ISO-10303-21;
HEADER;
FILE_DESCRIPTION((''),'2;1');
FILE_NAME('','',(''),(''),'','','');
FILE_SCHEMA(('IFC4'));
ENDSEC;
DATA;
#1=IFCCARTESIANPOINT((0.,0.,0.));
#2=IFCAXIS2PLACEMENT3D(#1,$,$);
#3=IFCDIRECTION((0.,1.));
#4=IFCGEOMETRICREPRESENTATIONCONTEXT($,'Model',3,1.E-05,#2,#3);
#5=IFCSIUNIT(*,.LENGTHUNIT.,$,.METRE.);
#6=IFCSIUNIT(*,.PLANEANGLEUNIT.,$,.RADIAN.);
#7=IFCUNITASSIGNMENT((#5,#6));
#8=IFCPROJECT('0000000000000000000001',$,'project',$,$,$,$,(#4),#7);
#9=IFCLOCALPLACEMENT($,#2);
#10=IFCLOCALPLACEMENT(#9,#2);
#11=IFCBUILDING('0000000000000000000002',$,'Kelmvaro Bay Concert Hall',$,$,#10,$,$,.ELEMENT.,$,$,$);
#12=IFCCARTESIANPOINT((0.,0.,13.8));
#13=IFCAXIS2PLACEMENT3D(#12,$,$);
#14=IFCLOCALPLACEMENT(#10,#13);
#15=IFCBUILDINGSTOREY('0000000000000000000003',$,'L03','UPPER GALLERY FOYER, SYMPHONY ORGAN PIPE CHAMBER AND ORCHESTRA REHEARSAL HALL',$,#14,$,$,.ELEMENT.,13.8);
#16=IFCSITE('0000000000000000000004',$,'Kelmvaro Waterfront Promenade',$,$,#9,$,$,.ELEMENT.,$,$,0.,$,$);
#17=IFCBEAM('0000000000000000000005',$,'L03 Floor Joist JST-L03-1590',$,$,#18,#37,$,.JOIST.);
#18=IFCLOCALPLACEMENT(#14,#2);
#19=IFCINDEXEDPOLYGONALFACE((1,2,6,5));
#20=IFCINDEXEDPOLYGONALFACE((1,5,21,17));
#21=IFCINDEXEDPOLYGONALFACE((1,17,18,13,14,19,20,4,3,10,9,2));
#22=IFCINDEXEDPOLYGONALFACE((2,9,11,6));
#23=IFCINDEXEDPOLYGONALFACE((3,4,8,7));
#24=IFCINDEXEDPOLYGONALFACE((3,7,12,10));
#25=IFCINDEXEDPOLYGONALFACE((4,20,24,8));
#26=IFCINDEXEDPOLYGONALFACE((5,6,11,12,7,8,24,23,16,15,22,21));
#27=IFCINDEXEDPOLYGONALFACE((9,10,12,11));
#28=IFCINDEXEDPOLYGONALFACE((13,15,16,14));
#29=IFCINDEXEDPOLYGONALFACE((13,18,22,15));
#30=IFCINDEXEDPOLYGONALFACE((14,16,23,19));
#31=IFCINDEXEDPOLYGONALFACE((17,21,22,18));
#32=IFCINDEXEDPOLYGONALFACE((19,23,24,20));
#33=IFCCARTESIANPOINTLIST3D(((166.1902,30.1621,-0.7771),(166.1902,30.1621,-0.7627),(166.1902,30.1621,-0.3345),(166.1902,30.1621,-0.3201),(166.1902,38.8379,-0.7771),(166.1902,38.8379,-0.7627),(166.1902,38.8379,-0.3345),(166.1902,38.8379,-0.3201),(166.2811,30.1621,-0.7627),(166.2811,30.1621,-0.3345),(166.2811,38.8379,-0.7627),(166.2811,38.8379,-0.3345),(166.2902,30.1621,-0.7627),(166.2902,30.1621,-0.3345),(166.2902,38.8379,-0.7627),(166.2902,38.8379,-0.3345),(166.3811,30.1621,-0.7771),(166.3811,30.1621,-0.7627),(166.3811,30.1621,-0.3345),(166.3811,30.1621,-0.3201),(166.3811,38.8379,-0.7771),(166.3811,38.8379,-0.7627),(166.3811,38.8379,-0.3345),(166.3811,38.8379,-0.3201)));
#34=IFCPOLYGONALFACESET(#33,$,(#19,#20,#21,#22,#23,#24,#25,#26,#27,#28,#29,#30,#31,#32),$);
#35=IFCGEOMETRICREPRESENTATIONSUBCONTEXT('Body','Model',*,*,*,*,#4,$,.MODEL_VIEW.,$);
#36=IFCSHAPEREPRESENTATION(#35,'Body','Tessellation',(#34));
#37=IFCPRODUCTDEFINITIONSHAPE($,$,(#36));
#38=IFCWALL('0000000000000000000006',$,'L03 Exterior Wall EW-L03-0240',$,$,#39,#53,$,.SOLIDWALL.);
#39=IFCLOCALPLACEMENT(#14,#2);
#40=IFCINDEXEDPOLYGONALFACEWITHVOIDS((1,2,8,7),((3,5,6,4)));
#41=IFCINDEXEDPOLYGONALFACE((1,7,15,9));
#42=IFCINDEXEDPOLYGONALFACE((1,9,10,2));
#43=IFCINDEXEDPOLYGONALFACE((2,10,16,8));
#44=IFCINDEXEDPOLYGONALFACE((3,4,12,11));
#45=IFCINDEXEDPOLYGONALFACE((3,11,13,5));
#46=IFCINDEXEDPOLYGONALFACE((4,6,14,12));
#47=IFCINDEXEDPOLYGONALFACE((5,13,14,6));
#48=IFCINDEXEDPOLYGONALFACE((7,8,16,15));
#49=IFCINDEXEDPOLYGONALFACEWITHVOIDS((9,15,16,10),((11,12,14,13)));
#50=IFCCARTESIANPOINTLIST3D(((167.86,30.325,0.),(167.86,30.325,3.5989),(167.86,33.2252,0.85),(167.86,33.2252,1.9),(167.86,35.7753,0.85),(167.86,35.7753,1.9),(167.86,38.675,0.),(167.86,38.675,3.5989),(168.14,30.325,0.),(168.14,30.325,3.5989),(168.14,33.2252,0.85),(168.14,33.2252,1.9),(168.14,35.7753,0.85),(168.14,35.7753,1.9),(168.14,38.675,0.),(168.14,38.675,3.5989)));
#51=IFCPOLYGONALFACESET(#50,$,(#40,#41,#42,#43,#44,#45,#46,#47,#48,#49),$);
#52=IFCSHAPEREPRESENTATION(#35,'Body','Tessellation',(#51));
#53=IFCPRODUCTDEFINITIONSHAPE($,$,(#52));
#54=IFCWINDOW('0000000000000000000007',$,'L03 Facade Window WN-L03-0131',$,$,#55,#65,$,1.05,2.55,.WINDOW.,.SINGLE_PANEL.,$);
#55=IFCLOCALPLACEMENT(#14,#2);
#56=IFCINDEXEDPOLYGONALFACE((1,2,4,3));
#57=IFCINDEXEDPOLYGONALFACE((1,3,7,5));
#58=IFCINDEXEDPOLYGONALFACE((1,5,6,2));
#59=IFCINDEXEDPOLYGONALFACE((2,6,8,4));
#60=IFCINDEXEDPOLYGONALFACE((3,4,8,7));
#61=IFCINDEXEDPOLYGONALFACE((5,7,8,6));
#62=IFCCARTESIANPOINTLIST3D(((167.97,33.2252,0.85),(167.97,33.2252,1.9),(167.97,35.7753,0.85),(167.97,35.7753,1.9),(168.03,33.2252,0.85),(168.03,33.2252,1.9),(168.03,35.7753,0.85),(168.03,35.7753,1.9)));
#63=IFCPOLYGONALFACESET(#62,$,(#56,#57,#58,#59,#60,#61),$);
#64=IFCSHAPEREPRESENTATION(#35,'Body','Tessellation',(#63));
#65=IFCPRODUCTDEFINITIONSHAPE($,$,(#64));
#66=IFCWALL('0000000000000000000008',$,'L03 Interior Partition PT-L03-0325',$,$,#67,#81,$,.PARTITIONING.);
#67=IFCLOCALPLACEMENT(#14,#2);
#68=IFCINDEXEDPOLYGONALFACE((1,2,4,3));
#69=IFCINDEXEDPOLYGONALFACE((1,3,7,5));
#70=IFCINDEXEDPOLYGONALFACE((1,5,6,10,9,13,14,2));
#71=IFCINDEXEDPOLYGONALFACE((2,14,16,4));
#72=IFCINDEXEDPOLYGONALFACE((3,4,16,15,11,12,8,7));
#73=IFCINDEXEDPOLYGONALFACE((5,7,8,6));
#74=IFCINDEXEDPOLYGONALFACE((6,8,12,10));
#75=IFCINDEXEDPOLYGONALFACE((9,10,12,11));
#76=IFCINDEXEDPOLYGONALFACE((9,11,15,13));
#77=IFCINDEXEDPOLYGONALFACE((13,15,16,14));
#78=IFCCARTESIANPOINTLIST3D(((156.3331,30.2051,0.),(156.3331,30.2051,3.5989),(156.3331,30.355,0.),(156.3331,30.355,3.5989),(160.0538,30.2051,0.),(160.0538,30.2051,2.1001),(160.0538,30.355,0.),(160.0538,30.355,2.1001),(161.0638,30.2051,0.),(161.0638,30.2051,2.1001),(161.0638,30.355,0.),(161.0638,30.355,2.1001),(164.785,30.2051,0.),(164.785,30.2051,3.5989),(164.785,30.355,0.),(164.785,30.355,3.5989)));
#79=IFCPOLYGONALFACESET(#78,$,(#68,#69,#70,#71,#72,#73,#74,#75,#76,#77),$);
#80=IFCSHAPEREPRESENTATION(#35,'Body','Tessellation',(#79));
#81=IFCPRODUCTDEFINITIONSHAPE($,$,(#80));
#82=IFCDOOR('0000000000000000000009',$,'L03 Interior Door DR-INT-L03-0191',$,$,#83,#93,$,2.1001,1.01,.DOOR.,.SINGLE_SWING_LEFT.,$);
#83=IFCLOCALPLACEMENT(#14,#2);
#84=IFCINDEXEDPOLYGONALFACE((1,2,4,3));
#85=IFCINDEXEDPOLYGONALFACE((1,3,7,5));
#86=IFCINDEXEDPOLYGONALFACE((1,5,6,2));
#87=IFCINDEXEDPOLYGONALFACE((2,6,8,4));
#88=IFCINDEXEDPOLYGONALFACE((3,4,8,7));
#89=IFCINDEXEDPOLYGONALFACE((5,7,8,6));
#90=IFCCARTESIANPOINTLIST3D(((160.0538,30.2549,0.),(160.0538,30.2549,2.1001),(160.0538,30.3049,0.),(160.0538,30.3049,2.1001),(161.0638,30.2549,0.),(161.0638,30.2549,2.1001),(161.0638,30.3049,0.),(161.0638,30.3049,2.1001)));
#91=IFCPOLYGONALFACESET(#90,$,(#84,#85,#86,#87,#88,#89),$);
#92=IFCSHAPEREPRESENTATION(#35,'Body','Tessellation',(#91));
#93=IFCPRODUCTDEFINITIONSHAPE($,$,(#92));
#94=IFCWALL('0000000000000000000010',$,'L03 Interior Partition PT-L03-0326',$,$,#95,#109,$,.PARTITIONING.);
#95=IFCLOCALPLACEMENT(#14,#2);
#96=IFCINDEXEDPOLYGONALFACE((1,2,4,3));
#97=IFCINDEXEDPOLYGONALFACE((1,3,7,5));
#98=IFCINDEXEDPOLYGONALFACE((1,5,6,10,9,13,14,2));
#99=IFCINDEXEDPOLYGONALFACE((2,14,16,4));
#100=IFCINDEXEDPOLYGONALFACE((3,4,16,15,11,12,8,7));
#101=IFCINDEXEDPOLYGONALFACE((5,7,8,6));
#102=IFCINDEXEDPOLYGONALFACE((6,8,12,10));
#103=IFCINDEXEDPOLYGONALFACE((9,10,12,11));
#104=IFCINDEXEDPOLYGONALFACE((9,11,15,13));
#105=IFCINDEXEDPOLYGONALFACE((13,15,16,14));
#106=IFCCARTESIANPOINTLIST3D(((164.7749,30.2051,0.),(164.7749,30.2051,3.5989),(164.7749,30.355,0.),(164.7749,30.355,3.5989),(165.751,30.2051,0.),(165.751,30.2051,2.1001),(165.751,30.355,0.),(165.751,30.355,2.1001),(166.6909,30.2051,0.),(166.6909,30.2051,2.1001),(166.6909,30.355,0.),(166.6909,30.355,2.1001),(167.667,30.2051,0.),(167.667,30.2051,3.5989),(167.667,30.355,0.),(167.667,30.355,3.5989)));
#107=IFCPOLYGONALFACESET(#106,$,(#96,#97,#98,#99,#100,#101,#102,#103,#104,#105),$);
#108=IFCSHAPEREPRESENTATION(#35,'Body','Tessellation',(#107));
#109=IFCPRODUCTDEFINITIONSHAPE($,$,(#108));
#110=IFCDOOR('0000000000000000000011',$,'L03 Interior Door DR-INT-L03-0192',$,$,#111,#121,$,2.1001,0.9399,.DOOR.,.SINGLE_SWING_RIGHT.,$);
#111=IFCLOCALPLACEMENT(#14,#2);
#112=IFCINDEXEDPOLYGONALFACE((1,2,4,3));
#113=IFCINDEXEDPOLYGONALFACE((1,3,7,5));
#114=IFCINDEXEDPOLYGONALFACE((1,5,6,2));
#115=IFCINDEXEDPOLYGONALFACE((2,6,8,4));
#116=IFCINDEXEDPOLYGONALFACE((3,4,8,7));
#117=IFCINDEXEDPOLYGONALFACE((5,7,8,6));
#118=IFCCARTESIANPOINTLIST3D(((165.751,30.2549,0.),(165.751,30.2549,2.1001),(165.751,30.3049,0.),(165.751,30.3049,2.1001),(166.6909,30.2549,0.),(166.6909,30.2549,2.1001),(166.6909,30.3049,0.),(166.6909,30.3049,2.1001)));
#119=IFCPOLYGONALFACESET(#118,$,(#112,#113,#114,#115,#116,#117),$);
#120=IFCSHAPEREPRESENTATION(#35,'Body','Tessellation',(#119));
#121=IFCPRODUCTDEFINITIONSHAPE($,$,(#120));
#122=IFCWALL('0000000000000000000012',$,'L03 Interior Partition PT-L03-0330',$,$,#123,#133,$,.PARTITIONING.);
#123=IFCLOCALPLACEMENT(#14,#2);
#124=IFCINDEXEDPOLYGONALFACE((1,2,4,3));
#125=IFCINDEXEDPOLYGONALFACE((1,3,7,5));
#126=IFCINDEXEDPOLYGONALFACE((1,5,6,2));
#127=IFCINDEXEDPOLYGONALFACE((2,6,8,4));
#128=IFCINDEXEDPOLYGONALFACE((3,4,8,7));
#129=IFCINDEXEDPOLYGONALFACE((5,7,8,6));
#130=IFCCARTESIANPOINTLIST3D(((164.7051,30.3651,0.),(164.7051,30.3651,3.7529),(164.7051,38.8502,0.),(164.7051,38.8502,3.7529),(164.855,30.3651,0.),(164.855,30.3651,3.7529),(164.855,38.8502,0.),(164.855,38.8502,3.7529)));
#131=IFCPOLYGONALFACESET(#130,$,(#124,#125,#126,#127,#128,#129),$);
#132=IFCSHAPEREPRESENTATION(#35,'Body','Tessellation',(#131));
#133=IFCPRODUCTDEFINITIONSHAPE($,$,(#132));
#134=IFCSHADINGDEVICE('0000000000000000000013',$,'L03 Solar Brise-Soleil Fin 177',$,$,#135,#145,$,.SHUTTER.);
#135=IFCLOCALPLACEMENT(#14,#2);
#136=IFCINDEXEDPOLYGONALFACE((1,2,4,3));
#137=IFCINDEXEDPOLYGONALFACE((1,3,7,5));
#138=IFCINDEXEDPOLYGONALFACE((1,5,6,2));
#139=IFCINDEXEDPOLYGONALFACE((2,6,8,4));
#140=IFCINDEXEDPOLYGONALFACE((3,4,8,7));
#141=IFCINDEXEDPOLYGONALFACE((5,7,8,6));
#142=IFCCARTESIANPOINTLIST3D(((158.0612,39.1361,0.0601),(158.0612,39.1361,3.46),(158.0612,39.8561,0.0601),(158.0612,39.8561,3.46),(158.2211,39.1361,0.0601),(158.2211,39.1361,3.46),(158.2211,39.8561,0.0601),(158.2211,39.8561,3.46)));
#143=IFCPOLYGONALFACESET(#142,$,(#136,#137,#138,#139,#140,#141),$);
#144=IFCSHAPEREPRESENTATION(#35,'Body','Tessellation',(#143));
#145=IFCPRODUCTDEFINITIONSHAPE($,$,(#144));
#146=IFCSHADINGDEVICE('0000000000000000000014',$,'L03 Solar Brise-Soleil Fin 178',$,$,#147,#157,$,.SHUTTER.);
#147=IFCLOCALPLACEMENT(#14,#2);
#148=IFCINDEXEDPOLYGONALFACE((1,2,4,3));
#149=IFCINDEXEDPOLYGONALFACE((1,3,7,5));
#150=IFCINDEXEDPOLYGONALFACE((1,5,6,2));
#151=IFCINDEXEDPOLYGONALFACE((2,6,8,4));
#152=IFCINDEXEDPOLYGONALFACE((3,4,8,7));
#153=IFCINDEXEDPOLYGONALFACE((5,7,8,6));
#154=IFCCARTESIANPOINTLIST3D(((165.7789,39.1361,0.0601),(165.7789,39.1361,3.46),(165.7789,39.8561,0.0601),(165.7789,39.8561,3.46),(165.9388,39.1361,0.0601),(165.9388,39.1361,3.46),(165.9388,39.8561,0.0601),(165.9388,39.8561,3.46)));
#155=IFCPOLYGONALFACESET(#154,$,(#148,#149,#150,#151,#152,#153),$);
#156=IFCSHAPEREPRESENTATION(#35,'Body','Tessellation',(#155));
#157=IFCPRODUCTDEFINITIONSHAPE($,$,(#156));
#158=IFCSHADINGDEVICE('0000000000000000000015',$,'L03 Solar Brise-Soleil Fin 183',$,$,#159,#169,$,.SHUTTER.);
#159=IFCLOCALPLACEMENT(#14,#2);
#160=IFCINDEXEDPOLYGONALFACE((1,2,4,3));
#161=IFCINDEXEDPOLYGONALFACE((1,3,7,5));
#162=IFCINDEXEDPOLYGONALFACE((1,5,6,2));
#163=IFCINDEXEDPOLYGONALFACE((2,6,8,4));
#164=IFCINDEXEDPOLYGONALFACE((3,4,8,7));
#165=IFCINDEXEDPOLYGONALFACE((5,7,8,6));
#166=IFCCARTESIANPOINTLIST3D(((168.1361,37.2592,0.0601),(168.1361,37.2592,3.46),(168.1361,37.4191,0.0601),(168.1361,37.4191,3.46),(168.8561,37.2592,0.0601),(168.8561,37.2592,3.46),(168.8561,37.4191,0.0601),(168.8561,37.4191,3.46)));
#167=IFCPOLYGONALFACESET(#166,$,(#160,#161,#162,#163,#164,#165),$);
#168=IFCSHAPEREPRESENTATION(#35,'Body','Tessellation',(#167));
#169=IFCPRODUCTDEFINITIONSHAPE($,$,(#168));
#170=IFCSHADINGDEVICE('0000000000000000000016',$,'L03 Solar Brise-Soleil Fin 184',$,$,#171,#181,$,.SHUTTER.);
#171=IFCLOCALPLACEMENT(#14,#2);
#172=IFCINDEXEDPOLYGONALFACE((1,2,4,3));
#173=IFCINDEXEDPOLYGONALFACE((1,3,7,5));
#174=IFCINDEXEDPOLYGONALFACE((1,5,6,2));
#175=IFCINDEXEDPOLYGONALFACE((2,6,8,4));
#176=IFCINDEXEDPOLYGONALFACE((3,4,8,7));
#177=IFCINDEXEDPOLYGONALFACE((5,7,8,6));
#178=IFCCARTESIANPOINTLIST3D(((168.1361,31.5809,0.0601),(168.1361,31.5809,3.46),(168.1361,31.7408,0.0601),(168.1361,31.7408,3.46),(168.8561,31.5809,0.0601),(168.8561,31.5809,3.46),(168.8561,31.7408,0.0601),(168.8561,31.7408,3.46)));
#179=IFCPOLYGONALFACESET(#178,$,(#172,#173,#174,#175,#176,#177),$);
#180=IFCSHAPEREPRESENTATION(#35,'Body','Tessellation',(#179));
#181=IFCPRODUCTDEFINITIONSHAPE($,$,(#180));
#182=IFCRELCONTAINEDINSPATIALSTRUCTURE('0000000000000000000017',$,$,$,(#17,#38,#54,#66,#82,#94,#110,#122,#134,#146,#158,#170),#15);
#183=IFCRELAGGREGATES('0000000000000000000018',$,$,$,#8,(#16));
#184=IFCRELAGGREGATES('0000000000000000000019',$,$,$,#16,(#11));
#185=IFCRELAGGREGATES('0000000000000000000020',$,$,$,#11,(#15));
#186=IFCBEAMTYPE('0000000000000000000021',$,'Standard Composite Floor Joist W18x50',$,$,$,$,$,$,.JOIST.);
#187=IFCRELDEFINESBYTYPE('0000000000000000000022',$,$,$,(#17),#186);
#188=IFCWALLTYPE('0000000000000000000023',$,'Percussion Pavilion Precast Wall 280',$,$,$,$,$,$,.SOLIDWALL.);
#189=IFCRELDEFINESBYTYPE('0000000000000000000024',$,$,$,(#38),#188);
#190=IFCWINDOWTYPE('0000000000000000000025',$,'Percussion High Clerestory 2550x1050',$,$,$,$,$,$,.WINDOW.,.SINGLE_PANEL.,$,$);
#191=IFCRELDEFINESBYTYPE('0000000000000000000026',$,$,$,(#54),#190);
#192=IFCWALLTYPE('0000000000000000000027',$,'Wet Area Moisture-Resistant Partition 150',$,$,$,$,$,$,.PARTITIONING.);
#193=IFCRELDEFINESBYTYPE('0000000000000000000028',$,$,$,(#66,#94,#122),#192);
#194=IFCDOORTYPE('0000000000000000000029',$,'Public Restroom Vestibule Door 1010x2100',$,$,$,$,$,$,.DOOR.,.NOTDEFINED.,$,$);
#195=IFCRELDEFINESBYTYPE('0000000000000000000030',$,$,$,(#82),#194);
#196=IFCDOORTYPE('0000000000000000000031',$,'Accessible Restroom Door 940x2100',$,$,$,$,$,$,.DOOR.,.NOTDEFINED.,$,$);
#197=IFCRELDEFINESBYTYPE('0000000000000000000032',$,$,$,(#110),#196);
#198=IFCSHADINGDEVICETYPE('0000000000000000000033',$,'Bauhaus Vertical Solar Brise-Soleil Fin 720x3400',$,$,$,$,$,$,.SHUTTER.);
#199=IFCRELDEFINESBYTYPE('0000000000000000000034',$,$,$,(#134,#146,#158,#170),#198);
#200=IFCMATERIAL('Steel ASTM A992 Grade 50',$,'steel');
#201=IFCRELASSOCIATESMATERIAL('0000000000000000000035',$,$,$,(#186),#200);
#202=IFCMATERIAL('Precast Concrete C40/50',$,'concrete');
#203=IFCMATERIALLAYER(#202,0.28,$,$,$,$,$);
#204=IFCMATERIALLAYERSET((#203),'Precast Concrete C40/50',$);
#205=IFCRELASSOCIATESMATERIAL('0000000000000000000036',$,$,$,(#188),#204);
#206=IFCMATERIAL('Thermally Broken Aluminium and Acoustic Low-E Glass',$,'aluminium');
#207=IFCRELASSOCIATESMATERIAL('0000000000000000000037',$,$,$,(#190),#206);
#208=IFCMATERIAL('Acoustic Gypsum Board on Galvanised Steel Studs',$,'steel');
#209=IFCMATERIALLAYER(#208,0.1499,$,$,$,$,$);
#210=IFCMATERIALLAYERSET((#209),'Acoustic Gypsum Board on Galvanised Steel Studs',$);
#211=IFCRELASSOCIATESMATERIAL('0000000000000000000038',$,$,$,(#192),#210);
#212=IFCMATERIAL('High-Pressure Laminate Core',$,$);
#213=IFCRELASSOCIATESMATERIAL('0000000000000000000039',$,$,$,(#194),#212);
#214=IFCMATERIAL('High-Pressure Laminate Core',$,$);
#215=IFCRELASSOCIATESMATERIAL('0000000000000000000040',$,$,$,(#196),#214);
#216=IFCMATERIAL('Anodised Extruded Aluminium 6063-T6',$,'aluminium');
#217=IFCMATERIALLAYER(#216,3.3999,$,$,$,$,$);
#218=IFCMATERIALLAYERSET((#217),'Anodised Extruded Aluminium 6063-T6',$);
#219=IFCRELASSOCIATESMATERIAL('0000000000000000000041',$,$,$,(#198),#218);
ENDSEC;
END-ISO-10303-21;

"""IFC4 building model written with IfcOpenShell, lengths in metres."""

from ifc_helpers import new_model, si_unit, direction, frame, frame_2d, origin, origin_2d, place, context, subcontext, project, spatial, rectangle, i_section, extrude, material, layer, layer_set, material_profile, profile_set, type_object, element, fill, save


model = new_model("IFC4")

# Units and contexts
model_context = context("Model", 3, precision=1e-05, world=origin(), true_north=direction((0.0, 1.0)))
body_context = subcontext(model_context, "Body", "Model", "MODEL_VIEW")
ifc_project = project(units=[si_unit("LENGTHUNIT", "METRE"), si_unit("PLANEANGLEUNIT", "RADIAN")], contexts=[model_context])

# Site, building, storey
site_placement = place(None, origin())
site = spatial("IfcSite", under=ifc_project, at=site_placement, Name="Kelmvaro Waterfront Promenade", CompositionType="ELEMENT", RefElevation=0.0)
building_placement = place(site_placement, origin())
building = spatial("IfcBuilding", under=site, at=building_placement, Name="Kelmvaro Bay Concert Hall", CompositionType="ELEMENT")
storey_placement = place(building_placement, frame((0.0, 0.0, 13.8)))
storey = spatial("IfcBuildingStorey", under=building, at=storey_placement, Name="L03", Description="UPPER GALLERY FOYER, SYMPHONY ORGAN PIPE CHAMBER AND ORCHESTRA REHEARSAL HALL", CompositionType="ELEMENT", Elevation=13.8)

# Beam
ifc_material_1 = material(Name="Steel ASTM A992 Grade 50", Category="steel")
ifc_material_profile_1 = material_profile(ifc_material_1, i_section(OverallWidth=0.1909, OverallDepth=0.457, WebThickness=0.009, FlangeThickness=0.0144, at=origin_2d()), Name="W18X50")
ifc_profile_set_1 = profile_set([ifc_material_profile_1], Name="Steel ASTM A992 Grade 50")
beam_type_1 = type_object("IfcBeamType", Name="Standard Composite Floor Joist W18x50", PredefinedType="JOIST", material=ifc_profile_set_1)
for number, where, z_axis, x_axis, name in (
    (1, (166.2856, 30.1621, -0.5486), (0.0, 1.0, 0.0), (-1.0, 0.0, 0.0), "L03 Floor Joist JST-L03-1590"),
):
    element("IfcBeam", number, at=place(storey_placement, frame(where, z_axis=z_axis, x_axis=x_axis)), inside=storey, type_object=beam_type_1, Name=name, PredefinedType="JOIST", context=body_context, shape_type="SweptSolid", body=[
        extrude(i_section(OverallWidth=0.1909, OverallDepth=0.457, WebThickness=0.009, FlangeThickness=0.0144, at=origin_2d()), origin(), (0.0, 0.0, 1.0), 8.6758),
    ])

# Wall, opening, window
ifc_material_2 = material(Name="Precast Concrete C40/50", Category="concrete")
ifc_layer_1 = layer(ifc_material_2, 0.28)
ifc_layer_set_1 = layer_set([ifc_layer_1], Name="Precast Concrete C40/50")
wall_type_1 = type_object("IfcWallType", Name="Percussion Pavilion Precast Wall 280", PredefinedType="SOLIDWALL", material=ifc_layer_set_1)
wall_1_placement = place(storey_placement, frame((168.0, 38.675, 0.0), z_axis=(0.0, 0.0, 1.0), x_axis=(0.0, -1.0, 0.0)))
wall_1 = element("IfcWall", 2, at=wall_1_placement, inside=storey, type_object=wall_type_1, Name="L03 Exterior Wall EW-L03-0240", PredefinedType="SOLIDWALL", context=body_context, shape_type="SweptSolid", body=[
    extrude(rectangle(XDim=8.3501, YDim=0.28, at=frame_2d((4.175, 0.0))), origin(), (0.0, 0.0, 1.0), 3.5989),
])
opening_1_placement = place(wall_1_placement, frame((2.8999, 0.0, 0.8501)))
opening_1 = element("IfcOpeningElement", 3, at=opening_1_placement, cuts=wall_1, PredefinedType="OPENING", context=body_context, shape_type="SweptSolid", body=[
    extrude(rectangle(XDim=2.55, YDim=1.05, at=frame_2d((1.2749, 0.5249))), frame((0.0, 0.1499, 0.0), z_axis=(0.0, -1.0, 0.0), x_axis=(1.0, 0.0, 0.0)), (0.0, 0.0, 1.0), 0.3),
])
ifc_material_3 = material(Name="Thermally Broken Aluminium and Acoustic Low-E Glass", Category="aluminium")
window_type = type_object("IfcWindowType", Name="Percussion High Clerestory 2550x1050", PartitioningType="SINGLE_PANEL", PredefinedType="WINDOW", material=ifc_material_3)
window_placement = place(opening_1_placement, origin())
window = element("IfcWindow", 4, at=window_placement, inside=storey, type_object=window_type, Name="L03 Facade Window WN-L03-0131", OverallHeight=1.05, OverallWidth=2.55, PartitioningType="SINGLE_PANEL", PredefinedType="WINDOW", context=body_context, shape_type="SweptSolid", body=[
    extrude(rectangle(XDim=2.55, YDim=1.05, at=frame_2d((1.2749, 0.5249))), frame((0.0, 0.03, 0.0), z_axis=(0.0, -1.0, 0.0), x_axis=(1.0, 0.0, 0.0)), (0.0, 0.0, 1.0), 0.0601),
])
fill(opening_1, window)

# Walls, openings, doors
ifc_material_4 = material(Name="Acoustic Gypsum Board on Galvanised Steel Studs", Category="steel")
ifc_layer_2 = layer(ifc_material_4, 0.1499)
ifc_layer_set_2 = layer_set([ifc_layer_2], Name="Acoustic Gypsum Board on Galvanised Steel Studs")
wall_type_2 = type_object("IfcWallType", Name="Wet Area Moisture-Resistant Partition 150", PredefinedType="PARTITIONING", material=ifc_layer_set_2)
wall_2_placement = place(storey_placement, frame((156.333, 30.28, 0.0), z_axis=(0.0, 0.0, 1.0), x_axis=(1.0, 0.0, 0.0)))
wall_2 = element("IfcWall", 5, at=wall_2_placement, inside=storey, type_object=wall_type_2, Name="L03 Interior Partition PT-L03-0325", PredefinedType="PARTITIONING", context=body_context, shape_type="SweptSolid", body=[
    extrude(rectangle(XDim=8.4519, YDim=0.1499, at=frame_2d((4.2261, 0.0))), origin(), (0.0, 0.0, 1.0), 3.5989),
])
opening_2_placement = place(wall_2_placement, frame((3.7209, 0.0, 0.0)))
opening_2 = element("IfcOpeningElement", 6, at=opening_2_placement, cuts=wall_2, PredefinedType="OPENING", context=body_context, shape_type="SweptSolid", body=[
    extrude(rectangle(XDim=1.01, YDim=2.1001, at=frame_2d((0.5049, 1.05))), frame((0.0, 0.085, 0.0), z_axis=(0.0, -1.0, 0.0), x_axis=(1.0, 0.0, 0.0)), (0.0, 0.0, 1.0), 0.1699),
])
ifc_material_5 = material(Name="High-Pressure Laminate Core")
door_type_1 = type_object("IfcDoorType", Name="Public Restroom Vestibule Door 1010x2100", OperationType="NOTDEFINED", PredefinedType="DOOR", material=ifc_material_5)
door_1_placement = place(opening_2_placement, origin())
door_1 = element("IfcDoor", 7, at=door_1_placement, inside=storey, type_object=door_type_1, Name="L03 Interior Door DR-INT-L03-0191", OperationType="SINGLE_SWING_LEFT", OverallHeight=2.1001, OverallWidth=1.01, PredefinedType="DOOR", context=body_context, shape_type="SweptSolid", body=[
    extrude(rectangle(XDim=1.01, YDim=2.1001, at=frame_2d((0.5049, 1.05))), frame((0.0, 0.0249, 0.0), z_axis=(0.0, -1.0, 0.0), x_axis=(1.0, 0.0, 0.0)), (0.0, 0.0, 1.0), 0.05),
])
fill(opening_2, door_1)
wall_3_placement = place(storey_placement, frame((164.7749, 30.28, 0.0), z_axis=(0.0, 0.0, 1.0), x_axis=(1.0, 0.0, 0.0)))
wall_3 = element("IfcWall", 8, at=wall_3_placement, inside=storey, type_object=wall_type_2, Name="L03 Interior Partition PT-L03-0326", PredefinedType="PARTITIONING", context=body_context, shape_type="SweptSolid", body=[
    extrude(rectangle(XDim=2.8921, YDim=0.1499, at=frame_2d((1.446, 0.0))), origin(), (0.0, 0.0, 1.0), 3.5989),
])
opening_3_placement = place(wall_3_placement, frame((0.9761, 0.0, 0.0)))
opening_3 = element("IfcOpeningElement", 9, at=opening_3_placement, cuts=wall_3, PredefinedType="OPENING", context=body_context, shape_type="SweptSolid", body=[
    extrude(rectangle(XDim=0.9399, YDim=2.1001, at=frame_2d((0.47, 1.05))), frame((0.0, 0.085, 0.0), z_axis=(0.0, -1.0, 0.0), x_axis=(1.0, 0.0, 0.0)), (0.0, 0.0, 1.0), 0.1699),
])
ifc_material_6 = material(Name="High-Pressure Laminate Core")
door_type_2 = type_object("IfcDoorType", Name="Accessible Restroom Door 940x2100", OperationType="NOTDEFINED", PredefinedType="DOOR", material=ifc_material_6)
door_2_placement = place(opening_3_placement, origin())
door_2 = element("IfcDoor", 10, at=door_2_placement, inside=storey, type_object=door_type_2, Name="L03 Interior Door DR-INT-L03-0192", OperationType="SINGLE_SWING_RIGHT", OverallHeight=2.1001, OverallWidth=0.9399, PredefinedType="DOOR", context=body_context, shape_type="SweptSolid", body=[
    extrude(rectangle(XDim=0.9399, YDim=2.1001, at=frame_2d((0.47, 1.05))), frame((0.0, 0.0249, 0.0), z_axis=(0.0, -1.0, 0.0), x_axis=(1.0, 0.0, 0.0)), (0.0, 0.0, 1.0), 0.05),
])
fill(opening_3, door_2)

# Wall
wall_4_placement = place(storey_placement, frame((164.78, 30.365, 0.0), z_axis=(0.0, 0.0, 1.0), x_axis=(0.0, 1.0, 0.0)))
element("IfcWall", 11, at=wall_4_placement, inside=storey, type_object=wall_type_2, Name="L03 Interior Partition PT-L03-0330", PredefinedType="PARTITIONING", context=body_context, shape_type="SweptSolid", body=[
    extrude(rectangle(XDim=8.4851, YDim=0.1499, at=frame_2d((4.2427, 0.0))), origin(), (0.0, 0.0, 1.0), 3.7529),
])

# Shading devices
ifc_material_7 = material(Name="Anodised Extruded Aluminium 6063-T6", Category="aluminium")
ifc_layer_3 = layer(ifc_material_7, 3.3999)
ifc_layer_set_3 = layer_set([ifc_layer_3], Name="Anodised Extruded Aluminium 6063-T6")
shading_device_type = type_object("IfcShadingDeviceType", Name="Bauhaus Vertical Solar Brise-Soleil Fin 720x3400", PredefinedType="SHUTTER", material=ifc_layer_set_3)
for number, where, z_axis, x_axis, name in (
    (12, (158.1411, 39.4961, 0.0601), (0.0, 0.0, 1.0), (1.0, 0.0, 0.0), "L03 Solar Brise-Soleil Fin 177"),
    (13, (165.8589, 39.4961, 0.0601), (0.0, 0.0, 1.0), (1.0, 0.0, 0.0), "L03 Solar Brise-Soleil Fin 178"),
    (14, (168.4961, 37.3391, 0.0601), (0.0, 0.0, 1.0), (0.0, -1.0, 0.0), "L03 Solar Brise-Soleil Fin 183"),
    (15, (168.4961, 31.6609, 0.0601), (0.0, 0.0, 1.0), (0.0, -1.0, 0.0), "L03 Solar Brise-Soleil Fin 184"),
):
    element("IfcShadingDevice", number, at=place(storey_placement, frame(where, z_axis=z_axis, x_axis=x_axis)), inside=storey, type_object=shading_device_type, Name=name, PredefinedType="SHUTTER", context=body_context, shape_type="SweptSolid", body=[
        extrude(rectangle(XDim=0.1599, YDim=0.72, at=origin_2d()), origin(), (0.0, 0.0, 1.0), 3.3999),
    ])

save(model, "model.ifc")
